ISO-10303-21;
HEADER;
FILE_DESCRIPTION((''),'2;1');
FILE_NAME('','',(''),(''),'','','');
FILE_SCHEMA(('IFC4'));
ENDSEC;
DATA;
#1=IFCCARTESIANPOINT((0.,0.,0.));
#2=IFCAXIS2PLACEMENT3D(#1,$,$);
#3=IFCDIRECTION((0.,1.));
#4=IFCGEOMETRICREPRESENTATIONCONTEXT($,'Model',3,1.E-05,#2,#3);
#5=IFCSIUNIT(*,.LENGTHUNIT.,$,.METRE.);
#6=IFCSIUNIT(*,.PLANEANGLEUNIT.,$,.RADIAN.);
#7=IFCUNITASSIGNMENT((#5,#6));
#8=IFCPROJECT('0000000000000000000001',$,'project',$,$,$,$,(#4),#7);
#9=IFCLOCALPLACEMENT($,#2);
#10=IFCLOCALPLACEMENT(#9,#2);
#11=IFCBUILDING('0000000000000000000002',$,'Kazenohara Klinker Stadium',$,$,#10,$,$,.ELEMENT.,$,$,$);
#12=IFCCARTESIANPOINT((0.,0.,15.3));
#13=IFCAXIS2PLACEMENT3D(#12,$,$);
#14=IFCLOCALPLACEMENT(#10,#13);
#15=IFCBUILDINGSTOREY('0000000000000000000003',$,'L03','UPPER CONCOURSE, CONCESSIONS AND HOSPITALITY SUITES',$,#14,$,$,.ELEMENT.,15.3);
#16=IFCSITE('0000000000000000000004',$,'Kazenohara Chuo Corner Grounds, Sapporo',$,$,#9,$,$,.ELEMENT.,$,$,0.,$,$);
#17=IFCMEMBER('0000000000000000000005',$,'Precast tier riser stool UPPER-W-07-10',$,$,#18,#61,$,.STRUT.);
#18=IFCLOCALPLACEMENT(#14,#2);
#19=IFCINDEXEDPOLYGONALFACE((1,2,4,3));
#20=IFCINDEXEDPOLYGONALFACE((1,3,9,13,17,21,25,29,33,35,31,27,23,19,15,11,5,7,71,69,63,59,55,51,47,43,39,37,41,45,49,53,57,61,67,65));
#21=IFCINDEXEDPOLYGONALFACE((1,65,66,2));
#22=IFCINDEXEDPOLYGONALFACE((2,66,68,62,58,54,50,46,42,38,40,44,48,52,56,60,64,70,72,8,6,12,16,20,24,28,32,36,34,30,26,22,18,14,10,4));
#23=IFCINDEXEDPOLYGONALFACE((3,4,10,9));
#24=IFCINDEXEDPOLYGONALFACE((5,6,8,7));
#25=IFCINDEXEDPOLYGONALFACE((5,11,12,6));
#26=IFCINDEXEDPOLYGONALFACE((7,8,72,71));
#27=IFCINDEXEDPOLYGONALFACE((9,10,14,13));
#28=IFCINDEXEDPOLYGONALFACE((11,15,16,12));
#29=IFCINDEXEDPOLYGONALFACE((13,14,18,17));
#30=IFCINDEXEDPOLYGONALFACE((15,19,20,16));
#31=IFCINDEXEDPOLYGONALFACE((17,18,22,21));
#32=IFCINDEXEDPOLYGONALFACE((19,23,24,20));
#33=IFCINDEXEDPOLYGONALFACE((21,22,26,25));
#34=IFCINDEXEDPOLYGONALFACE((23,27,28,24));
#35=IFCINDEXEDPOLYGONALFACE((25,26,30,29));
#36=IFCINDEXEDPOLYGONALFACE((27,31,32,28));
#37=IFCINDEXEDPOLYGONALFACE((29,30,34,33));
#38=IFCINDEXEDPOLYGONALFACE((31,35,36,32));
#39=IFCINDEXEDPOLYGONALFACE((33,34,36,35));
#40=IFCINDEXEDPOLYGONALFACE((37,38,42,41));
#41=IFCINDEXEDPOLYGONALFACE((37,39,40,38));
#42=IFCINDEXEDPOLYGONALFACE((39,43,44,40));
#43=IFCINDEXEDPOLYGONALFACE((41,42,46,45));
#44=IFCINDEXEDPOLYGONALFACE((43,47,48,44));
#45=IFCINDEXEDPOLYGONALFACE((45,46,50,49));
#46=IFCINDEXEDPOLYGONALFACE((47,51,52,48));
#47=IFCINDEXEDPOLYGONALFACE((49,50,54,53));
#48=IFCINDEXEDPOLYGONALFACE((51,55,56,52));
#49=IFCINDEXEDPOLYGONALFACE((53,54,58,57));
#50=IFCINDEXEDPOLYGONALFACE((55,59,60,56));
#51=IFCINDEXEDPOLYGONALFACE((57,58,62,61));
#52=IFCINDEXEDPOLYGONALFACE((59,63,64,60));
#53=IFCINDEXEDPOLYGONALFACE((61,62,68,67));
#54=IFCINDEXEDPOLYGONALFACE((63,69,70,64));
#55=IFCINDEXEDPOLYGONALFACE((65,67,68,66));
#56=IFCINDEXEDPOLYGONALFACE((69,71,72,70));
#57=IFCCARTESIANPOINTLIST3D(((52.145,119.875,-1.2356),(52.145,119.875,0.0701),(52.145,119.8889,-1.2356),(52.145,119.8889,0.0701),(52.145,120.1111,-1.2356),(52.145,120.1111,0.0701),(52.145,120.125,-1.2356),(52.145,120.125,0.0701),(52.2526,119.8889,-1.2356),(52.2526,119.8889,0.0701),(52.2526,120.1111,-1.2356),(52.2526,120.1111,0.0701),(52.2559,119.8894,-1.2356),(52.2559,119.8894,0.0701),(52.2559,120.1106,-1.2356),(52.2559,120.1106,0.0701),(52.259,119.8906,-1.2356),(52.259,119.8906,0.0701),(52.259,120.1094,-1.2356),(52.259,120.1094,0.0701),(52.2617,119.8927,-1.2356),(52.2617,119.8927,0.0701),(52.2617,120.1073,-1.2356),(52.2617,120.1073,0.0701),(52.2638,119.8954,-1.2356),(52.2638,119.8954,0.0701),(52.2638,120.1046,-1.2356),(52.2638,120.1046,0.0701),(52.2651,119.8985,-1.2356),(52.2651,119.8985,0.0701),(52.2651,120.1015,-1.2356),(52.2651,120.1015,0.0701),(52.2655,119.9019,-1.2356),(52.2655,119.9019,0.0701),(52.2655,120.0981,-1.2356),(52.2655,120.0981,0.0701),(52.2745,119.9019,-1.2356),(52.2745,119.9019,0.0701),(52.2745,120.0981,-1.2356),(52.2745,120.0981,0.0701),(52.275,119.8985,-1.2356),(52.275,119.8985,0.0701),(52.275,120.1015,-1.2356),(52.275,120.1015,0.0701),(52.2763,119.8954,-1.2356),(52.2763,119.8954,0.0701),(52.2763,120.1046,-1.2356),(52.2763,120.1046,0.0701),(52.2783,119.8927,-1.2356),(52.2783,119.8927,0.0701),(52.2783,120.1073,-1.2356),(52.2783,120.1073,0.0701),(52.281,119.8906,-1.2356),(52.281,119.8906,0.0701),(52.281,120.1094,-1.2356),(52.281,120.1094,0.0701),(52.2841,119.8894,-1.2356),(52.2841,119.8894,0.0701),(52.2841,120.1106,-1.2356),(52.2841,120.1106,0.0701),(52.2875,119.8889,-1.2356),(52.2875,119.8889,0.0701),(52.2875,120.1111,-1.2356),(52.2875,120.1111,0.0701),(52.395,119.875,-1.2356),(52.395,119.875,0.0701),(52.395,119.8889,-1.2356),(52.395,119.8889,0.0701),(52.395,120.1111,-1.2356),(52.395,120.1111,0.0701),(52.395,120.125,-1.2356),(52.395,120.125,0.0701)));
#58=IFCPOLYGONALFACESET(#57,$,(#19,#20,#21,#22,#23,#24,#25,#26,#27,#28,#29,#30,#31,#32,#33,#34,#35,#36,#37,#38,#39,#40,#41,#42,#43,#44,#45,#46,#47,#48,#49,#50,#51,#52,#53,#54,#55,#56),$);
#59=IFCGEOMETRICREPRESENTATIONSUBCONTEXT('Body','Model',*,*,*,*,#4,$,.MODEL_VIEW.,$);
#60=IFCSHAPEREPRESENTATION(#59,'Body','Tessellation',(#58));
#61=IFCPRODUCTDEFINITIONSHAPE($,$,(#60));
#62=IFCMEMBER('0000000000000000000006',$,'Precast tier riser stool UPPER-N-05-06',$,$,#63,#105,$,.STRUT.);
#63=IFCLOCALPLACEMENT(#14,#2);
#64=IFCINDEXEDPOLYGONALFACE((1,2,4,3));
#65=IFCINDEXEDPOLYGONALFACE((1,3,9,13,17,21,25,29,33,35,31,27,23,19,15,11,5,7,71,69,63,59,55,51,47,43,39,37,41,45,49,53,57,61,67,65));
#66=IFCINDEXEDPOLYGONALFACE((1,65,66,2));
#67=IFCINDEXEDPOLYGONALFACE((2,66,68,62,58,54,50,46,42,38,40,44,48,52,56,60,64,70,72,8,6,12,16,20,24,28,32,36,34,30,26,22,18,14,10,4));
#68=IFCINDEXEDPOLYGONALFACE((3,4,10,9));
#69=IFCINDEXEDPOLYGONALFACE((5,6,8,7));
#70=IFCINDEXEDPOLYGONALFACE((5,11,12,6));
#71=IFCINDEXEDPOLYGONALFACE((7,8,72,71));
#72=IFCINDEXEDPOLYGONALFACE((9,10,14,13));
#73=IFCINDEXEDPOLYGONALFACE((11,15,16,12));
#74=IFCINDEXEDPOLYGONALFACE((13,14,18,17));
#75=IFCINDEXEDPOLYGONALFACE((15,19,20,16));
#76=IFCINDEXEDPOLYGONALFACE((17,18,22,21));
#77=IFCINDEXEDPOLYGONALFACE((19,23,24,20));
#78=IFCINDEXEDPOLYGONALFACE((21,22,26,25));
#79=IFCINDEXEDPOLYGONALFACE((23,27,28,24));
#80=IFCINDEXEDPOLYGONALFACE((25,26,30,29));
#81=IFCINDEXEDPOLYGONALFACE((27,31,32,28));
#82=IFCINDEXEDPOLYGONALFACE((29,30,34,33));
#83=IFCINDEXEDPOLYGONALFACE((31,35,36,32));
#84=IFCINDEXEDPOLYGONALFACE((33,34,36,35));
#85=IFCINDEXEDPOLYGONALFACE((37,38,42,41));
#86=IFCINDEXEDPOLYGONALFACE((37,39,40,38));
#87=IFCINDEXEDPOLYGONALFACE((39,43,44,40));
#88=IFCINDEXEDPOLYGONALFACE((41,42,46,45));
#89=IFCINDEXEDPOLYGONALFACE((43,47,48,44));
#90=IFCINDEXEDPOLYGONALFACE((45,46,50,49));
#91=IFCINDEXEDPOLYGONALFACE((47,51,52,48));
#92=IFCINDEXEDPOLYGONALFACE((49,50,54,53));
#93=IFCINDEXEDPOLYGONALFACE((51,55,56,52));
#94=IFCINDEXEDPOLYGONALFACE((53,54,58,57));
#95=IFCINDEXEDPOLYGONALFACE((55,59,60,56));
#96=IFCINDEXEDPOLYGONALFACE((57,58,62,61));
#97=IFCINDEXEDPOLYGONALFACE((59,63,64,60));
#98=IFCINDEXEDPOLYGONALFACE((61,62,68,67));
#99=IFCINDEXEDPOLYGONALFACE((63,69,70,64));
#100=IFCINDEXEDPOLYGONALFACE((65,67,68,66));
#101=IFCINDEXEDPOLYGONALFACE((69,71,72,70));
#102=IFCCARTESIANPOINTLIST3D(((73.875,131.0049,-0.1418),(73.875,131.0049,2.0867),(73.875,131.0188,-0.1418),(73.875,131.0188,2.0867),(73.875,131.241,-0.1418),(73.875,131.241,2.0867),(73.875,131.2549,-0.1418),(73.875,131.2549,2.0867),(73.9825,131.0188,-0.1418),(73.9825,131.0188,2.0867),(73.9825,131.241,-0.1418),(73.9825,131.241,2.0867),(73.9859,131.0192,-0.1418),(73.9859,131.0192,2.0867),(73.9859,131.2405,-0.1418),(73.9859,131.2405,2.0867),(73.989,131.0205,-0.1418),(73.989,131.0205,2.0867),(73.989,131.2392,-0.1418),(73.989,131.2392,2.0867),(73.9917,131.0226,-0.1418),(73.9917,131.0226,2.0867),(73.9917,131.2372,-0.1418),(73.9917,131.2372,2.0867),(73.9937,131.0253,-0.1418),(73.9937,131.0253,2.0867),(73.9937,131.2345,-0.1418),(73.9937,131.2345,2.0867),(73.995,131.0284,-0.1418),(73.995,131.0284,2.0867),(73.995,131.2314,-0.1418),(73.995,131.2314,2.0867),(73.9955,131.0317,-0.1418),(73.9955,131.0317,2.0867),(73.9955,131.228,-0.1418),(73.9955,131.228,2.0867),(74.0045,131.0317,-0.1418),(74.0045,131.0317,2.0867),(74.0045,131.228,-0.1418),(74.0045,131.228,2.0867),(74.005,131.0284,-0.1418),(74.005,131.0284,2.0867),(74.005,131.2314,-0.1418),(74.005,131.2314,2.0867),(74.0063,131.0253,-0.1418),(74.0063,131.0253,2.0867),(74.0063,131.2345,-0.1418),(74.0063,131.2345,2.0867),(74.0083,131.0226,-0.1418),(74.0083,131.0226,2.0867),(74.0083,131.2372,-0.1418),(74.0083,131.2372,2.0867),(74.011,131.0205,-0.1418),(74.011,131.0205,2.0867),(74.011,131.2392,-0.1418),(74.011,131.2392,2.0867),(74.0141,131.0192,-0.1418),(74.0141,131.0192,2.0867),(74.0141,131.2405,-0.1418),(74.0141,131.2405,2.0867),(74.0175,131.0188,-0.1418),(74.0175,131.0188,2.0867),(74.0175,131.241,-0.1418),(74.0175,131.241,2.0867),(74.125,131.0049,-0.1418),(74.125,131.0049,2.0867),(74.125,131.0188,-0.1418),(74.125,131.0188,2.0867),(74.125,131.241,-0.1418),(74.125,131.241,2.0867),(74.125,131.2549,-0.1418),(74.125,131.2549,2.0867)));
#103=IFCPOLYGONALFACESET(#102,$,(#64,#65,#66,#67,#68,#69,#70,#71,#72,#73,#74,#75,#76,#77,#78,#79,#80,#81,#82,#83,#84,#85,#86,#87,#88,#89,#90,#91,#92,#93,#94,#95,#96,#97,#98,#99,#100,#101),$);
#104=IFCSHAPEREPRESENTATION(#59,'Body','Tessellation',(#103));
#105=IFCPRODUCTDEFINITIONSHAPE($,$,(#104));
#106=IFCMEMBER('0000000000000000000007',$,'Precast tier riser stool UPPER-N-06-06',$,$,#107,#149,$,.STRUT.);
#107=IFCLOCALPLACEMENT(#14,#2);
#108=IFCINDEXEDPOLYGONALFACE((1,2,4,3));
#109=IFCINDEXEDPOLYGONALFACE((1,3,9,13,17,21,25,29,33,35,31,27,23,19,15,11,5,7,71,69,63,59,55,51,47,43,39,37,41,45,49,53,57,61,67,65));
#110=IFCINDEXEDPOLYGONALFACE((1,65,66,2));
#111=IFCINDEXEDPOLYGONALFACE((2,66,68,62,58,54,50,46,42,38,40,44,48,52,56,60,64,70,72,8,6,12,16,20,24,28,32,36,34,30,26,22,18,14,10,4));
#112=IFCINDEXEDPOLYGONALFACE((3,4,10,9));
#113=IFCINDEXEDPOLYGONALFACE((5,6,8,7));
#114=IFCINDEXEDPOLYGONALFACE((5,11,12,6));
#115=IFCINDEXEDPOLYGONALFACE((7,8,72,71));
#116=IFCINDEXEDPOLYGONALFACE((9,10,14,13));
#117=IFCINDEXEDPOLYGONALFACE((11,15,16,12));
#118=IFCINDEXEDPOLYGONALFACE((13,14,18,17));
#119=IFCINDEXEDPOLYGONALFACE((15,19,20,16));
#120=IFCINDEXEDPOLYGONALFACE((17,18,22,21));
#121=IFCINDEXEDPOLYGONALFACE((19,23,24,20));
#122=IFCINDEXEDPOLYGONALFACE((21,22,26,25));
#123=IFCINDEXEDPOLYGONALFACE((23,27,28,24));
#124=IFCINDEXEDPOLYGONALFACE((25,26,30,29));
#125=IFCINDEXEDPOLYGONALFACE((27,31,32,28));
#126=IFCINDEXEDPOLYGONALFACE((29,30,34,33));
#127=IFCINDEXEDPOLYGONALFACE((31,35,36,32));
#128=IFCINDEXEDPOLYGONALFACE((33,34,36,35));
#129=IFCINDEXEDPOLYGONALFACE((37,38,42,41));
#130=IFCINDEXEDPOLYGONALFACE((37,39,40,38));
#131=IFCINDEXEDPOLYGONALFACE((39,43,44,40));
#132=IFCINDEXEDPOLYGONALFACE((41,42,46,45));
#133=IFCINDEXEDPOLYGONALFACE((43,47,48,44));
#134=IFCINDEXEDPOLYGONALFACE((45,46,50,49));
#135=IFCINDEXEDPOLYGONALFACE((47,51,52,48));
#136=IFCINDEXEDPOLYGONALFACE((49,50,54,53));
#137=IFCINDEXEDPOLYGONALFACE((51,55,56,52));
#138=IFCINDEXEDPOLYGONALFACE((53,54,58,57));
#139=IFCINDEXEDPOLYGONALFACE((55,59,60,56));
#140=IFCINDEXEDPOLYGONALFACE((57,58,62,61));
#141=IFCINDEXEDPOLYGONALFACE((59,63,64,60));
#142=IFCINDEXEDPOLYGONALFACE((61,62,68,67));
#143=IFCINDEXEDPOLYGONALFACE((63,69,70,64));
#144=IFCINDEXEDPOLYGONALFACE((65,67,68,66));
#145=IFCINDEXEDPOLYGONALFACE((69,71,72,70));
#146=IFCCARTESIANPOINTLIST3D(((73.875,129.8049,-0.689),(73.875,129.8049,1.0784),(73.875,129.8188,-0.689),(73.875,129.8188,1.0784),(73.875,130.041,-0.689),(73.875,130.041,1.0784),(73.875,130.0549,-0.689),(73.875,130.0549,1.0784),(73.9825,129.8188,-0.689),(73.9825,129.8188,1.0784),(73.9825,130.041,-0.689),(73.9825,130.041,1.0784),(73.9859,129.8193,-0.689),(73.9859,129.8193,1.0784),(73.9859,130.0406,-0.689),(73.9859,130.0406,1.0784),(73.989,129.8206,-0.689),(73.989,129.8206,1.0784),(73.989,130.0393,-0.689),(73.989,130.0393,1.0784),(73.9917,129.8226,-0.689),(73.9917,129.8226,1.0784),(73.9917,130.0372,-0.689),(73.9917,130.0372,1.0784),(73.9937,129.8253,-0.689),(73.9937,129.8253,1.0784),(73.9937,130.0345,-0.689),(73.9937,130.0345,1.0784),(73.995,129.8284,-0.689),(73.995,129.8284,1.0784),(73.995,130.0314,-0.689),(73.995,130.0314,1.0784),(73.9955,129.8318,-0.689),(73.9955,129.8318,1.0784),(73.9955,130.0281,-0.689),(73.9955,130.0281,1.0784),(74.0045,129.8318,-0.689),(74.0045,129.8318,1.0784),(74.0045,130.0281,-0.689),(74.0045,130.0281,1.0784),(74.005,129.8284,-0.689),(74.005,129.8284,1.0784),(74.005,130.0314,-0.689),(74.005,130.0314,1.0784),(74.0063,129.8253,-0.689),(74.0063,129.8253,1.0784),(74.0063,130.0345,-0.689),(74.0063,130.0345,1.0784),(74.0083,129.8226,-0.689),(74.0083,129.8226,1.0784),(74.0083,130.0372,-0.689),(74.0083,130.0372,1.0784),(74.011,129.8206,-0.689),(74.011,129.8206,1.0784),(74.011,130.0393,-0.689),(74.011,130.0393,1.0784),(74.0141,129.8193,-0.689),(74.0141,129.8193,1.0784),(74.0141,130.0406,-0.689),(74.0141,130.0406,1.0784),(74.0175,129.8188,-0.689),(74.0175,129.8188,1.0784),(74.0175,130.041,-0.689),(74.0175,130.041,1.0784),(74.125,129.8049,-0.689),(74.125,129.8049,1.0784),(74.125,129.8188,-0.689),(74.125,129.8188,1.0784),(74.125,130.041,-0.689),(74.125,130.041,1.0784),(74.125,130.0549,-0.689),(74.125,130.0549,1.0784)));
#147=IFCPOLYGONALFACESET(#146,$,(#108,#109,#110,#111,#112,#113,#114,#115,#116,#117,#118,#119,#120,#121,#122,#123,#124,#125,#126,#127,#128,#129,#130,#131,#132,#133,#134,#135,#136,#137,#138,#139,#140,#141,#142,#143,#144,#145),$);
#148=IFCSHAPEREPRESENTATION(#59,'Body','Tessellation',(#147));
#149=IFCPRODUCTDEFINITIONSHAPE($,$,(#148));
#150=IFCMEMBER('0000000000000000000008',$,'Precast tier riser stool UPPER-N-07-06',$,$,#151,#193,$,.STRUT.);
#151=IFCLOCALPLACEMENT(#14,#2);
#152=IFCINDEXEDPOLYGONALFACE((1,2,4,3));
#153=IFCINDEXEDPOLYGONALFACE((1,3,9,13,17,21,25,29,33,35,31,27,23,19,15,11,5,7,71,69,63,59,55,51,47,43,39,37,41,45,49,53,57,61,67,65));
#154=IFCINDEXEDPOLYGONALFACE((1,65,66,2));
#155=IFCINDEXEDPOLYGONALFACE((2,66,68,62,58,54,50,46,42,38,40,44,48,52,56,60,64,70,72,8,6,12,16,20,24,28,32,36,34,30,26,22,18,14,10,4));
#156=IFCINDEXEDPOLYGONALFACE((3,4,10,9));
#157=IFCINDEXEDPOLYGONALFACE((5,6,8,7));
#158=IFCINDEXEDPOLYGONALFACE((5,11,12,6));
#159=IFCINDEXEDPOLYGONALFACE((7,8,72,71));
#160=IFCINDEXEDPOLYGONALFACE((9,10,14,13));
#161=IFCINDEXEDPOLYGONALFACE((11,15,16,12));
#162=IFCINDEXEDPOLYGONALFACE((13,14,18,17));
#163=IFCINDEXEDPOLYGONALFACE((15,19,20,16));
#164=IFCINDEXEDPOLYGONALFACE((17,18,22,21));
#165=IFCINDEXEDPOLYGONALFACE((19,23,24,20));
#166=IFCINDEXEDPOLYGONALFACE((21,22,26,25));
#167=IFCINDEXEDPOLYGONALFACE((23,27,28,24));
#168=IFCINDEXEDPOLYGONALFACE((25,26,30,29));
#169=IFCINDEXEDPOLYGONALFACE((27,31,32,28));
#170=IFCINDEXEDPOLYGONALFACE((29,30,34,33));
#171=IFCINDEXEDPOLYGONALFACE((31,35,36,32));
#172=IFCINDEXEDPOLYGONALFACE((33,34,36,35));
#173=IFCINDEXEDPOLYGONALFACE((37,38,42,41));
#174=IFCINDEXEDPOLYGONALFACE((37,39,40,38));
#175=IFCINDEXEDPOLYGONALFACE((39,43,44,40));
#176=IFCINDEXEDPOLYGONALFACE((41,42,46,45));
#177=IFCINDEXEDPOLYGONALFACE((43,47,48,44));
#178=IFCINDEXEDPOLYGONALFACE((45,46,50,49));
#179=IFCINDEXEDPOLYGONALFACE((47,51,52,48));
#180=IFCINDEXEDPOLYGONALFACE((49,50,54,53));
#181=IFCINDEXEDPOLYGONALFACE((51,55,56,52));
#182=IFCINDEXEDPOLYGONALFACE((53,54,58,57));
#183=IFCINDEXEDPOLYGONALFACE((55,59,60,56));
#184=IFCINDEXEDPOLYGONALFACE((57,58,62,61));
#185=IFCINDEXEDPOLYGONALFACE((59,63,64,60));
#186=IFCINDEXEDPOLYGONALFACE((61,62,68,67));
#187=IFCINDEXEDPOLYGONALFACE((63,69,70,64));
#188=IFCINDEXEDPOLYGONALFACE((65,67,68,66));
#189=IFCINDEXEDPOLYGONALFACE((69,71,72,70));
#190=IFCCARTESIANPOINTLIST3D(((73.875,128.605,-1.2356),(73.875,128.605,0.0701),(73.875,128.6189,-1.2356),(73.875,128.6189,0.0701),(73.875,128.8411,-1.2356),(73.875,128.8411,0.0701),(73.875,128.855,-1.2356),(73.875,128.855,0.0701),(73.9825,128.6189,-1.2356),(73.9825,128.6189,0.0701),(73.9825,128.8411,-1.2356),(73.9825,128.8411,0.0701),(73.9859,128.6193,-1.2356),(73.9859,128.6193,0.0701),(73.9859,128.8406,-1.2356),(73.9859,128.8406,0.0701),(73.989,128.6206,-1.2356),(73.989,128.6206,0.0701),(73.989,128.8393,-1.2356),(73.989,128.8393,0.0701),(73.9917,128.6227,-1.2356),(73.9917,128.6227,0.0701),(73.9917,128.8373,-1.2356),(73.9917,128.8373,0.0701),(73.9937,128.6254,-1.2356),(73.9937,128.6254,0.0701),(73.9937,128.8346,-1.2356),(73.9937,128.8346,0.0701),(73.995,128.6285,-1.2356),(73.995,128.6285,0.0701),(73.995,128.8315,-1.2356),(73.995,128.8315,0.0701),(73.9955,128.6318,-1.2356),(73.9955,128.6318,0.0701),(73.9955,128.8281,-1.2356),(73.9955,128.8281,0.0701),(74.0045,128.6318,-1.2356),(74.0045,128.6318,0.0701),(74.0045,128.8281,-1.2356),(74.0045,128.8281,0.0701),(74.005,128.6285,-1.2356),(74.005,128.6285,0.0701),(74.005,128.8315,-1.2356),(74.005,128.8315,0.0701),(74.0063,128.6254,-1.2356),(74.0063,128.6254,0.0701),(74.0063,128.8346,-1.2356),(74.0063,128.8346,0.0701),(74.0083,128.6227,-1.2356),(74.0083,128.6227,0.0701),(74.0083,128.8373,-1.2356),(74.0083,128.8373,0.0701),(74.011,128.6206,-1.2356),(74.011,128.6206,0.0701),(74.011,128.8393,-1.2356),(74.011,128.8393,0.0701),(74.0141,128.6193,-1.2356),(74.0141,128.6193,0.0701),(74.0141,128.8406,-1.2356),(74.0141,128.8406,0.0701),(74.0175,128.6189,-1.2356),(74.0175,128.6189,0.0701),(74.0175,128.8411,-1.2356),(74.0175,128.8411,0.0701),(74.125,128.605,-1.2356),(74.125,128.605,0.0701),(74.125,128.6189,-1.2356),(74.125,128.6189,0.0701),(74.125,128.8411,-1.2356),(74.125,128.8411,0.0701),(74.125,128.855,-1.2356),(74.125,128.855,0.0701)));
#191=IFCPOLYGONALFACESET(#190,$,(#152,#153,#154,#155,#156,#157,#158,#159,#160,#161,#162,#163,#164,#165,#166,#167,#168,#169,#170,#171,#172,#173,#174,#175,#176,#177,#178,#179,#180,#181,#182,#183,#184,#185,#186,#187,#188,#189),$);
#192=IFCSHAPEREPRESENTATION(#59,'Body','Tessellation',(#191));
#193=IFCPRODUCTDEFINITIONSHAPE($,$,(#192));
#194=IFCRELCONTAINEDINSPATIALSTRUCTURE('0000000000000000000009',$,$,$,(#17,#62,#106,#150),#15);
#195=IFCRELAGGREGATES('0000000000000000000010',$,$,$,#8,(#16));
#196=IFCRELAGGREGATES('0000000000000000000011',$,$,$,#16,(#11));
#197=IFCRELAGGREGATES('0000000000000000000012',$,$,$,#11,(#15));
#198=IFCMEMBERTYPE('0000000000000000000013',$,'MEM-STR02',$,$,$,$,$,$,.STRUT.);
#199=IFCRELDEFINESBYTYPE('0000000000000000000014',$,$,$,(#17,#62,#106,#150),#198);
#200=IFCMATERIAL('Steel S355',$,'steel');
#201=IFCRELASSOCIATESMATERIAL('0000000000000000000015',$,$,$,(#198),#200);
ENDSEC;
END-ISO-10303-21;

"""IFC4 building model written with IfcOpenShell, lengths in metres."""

from ifc_helpers import new_model, si_unit, direction, frame, origin, origin_2d, place, context, subcontext, project, spatial, i_section, extrude, material, material_profile, profile_set, type_object, element, save


model = new_model("IFC4")

# Units and contexts
model_context = context("Model", 3, precision=1e-05, world=origin(), true_north=direction((0.0, 1.0)))
body_context = subcontext(model_context, "Body", "Model", "MODEL_VIEW")
ifc_project = project(units=[si_unit("LENGTHUNIT", "METRE"), si_unit("PLANEANGLEUNIT", "RADIAN")], contexts=[model_context])

# Site, building, storey
site_placement = place(None, origin())
site = spatial("IfcSite", under=ifc_project, at=site_placement, Name="Kazenohara Chuo Corner Grounds, Sapporo", CompositionType="ELEMENT", RefElevation=0.0)
building_placement = place(site_placement, origin())
building = spatial("IfcBuilding", under=site, at=building_placement, Name="Kazenohara Klinker Stadium", CompositionType="ELEMENT")
storey_placement = place(building_placement, frame((0.0, 0.0, 15.3)))
storey = spatial("IfcBuildingStorey", under=building, at=storey_placement, Name="L03", Description="UPPER CONCOURSE, CONCESSIONS AND HOSPITALITY SUITES", CompositionType="ELEMENT", Elevation=15.3)

# Shared definitions
ifc_material_1 = material(Name="Steel S355", Category="steel")

# Members
ifc_material_profile_1 = material_profile(ifc_material_1, i_section(OverallWidth=0.25, OverallDepth=0.25, WebThickness=0.009, FlangeThickness=0.0139, FilletRadius=0.0129, at=origin_2d()), Name="H-250x250x9x14")
ifc_profile_set_1 = profile_set([ifc_material_profile_1], Name="Steel S355")
member_type_1 = type_object("IfcMemberType", Name="MEM-STR02", PredefinedType="STRUT", material=ifc_profile_set_1)
member_1_placement = place(storey_placement, frame((52.27, 120.0, -1.2356), z_axis=(0.0, 0.0, 1.0), x_axis=(1.0, 0.0, 0.0)))
element("IfcMember", 1, at=member_1_placement, inside=storey, type_object=member_type_1, Name="Precast tier riser stool UPPER-W-07-10", PredefinedType="STRUT", context=body_context, shape_type="SweptSolid", body=[
    extrude(i_section(OverallWidth=0.25, OverallDepth=0.25, WebThickness=0.009, FlangeThickness=0.0139, FilletRadius=0.0129, at=origin_2d()), origin(), (0.0, 0.0, 1.0), 1.3057),
])
member_2_placement = place(storey_placement, frame((74.0, 131.1299, -0.1418), z_axis=(0.0, 0.0, 1.0), x_axis=(1.0, 0.0, 0.0)))
element("IfcMember", 2, at=member_2_placement, inside=storey, type_object=member_type_1, Name="Precast tier riser stool UPPER-N-05-06", PredefinedType="STRUT", context=body_context, shape_type="SweptSolid", body=[
    extrude(i_section(OverallWidth=0.25, OverallDepth=0.25, WebThickness=0.009, FlangeThickness=0.0139, FilletRadius=0.0129, at=origin_2d()), origin(), (0.0, 0.0, 1.0), 2.2285),
])
member_3_placement = place(storey_placement, frame((74.0, 129.9299, -0.689), z_axis=(0.0, 0.0, 1.0), x_axis=(1.0, 0.0, 0.0)))
element("IfcMember", 3, at=member_3_placement, inside=storey, type_object=member_type_1, Name="Precast tier riser stool UPPER-N-06-06", PredefinedType="STRUT", context=body_context, shape_type="SweptSolid", body=[
    extrude(i_section(OverallWidth=0.25, OverallDepth=0.25, WebThickness=0.009, FlangeThickness=0.0139, FilletRadius=0.0129, at=origin_2d()), origin(), (0.0, 0.0, 1.0), 1.7673),
])
member_4_placement = place(storey_placement, frame((74.0, 128.73, -1.2356), z_axis=(0.0, 0.0, 1.0), x_axis=(1.0, 0.0, 0.0)))
element("IfcMember", 4, at=member_4_placement, inside=storey, type_object=member_type_1, Name="Precast tier riser stool UPPER-N-07-06", PredefinedType="STRUT", context=body_context, shape_type="SweptSolid", body=[
    extrude(i_section(OverallWidth=0.25, OverallDepth=0.25, WebThickness=0.009, FlangeThickness=0.0139, FilletRadius=0.0129, at=origin_2d()), origin(), (0.0, 0.0, 1.0), 1.3057),
])

save(model, "model.ifc")
